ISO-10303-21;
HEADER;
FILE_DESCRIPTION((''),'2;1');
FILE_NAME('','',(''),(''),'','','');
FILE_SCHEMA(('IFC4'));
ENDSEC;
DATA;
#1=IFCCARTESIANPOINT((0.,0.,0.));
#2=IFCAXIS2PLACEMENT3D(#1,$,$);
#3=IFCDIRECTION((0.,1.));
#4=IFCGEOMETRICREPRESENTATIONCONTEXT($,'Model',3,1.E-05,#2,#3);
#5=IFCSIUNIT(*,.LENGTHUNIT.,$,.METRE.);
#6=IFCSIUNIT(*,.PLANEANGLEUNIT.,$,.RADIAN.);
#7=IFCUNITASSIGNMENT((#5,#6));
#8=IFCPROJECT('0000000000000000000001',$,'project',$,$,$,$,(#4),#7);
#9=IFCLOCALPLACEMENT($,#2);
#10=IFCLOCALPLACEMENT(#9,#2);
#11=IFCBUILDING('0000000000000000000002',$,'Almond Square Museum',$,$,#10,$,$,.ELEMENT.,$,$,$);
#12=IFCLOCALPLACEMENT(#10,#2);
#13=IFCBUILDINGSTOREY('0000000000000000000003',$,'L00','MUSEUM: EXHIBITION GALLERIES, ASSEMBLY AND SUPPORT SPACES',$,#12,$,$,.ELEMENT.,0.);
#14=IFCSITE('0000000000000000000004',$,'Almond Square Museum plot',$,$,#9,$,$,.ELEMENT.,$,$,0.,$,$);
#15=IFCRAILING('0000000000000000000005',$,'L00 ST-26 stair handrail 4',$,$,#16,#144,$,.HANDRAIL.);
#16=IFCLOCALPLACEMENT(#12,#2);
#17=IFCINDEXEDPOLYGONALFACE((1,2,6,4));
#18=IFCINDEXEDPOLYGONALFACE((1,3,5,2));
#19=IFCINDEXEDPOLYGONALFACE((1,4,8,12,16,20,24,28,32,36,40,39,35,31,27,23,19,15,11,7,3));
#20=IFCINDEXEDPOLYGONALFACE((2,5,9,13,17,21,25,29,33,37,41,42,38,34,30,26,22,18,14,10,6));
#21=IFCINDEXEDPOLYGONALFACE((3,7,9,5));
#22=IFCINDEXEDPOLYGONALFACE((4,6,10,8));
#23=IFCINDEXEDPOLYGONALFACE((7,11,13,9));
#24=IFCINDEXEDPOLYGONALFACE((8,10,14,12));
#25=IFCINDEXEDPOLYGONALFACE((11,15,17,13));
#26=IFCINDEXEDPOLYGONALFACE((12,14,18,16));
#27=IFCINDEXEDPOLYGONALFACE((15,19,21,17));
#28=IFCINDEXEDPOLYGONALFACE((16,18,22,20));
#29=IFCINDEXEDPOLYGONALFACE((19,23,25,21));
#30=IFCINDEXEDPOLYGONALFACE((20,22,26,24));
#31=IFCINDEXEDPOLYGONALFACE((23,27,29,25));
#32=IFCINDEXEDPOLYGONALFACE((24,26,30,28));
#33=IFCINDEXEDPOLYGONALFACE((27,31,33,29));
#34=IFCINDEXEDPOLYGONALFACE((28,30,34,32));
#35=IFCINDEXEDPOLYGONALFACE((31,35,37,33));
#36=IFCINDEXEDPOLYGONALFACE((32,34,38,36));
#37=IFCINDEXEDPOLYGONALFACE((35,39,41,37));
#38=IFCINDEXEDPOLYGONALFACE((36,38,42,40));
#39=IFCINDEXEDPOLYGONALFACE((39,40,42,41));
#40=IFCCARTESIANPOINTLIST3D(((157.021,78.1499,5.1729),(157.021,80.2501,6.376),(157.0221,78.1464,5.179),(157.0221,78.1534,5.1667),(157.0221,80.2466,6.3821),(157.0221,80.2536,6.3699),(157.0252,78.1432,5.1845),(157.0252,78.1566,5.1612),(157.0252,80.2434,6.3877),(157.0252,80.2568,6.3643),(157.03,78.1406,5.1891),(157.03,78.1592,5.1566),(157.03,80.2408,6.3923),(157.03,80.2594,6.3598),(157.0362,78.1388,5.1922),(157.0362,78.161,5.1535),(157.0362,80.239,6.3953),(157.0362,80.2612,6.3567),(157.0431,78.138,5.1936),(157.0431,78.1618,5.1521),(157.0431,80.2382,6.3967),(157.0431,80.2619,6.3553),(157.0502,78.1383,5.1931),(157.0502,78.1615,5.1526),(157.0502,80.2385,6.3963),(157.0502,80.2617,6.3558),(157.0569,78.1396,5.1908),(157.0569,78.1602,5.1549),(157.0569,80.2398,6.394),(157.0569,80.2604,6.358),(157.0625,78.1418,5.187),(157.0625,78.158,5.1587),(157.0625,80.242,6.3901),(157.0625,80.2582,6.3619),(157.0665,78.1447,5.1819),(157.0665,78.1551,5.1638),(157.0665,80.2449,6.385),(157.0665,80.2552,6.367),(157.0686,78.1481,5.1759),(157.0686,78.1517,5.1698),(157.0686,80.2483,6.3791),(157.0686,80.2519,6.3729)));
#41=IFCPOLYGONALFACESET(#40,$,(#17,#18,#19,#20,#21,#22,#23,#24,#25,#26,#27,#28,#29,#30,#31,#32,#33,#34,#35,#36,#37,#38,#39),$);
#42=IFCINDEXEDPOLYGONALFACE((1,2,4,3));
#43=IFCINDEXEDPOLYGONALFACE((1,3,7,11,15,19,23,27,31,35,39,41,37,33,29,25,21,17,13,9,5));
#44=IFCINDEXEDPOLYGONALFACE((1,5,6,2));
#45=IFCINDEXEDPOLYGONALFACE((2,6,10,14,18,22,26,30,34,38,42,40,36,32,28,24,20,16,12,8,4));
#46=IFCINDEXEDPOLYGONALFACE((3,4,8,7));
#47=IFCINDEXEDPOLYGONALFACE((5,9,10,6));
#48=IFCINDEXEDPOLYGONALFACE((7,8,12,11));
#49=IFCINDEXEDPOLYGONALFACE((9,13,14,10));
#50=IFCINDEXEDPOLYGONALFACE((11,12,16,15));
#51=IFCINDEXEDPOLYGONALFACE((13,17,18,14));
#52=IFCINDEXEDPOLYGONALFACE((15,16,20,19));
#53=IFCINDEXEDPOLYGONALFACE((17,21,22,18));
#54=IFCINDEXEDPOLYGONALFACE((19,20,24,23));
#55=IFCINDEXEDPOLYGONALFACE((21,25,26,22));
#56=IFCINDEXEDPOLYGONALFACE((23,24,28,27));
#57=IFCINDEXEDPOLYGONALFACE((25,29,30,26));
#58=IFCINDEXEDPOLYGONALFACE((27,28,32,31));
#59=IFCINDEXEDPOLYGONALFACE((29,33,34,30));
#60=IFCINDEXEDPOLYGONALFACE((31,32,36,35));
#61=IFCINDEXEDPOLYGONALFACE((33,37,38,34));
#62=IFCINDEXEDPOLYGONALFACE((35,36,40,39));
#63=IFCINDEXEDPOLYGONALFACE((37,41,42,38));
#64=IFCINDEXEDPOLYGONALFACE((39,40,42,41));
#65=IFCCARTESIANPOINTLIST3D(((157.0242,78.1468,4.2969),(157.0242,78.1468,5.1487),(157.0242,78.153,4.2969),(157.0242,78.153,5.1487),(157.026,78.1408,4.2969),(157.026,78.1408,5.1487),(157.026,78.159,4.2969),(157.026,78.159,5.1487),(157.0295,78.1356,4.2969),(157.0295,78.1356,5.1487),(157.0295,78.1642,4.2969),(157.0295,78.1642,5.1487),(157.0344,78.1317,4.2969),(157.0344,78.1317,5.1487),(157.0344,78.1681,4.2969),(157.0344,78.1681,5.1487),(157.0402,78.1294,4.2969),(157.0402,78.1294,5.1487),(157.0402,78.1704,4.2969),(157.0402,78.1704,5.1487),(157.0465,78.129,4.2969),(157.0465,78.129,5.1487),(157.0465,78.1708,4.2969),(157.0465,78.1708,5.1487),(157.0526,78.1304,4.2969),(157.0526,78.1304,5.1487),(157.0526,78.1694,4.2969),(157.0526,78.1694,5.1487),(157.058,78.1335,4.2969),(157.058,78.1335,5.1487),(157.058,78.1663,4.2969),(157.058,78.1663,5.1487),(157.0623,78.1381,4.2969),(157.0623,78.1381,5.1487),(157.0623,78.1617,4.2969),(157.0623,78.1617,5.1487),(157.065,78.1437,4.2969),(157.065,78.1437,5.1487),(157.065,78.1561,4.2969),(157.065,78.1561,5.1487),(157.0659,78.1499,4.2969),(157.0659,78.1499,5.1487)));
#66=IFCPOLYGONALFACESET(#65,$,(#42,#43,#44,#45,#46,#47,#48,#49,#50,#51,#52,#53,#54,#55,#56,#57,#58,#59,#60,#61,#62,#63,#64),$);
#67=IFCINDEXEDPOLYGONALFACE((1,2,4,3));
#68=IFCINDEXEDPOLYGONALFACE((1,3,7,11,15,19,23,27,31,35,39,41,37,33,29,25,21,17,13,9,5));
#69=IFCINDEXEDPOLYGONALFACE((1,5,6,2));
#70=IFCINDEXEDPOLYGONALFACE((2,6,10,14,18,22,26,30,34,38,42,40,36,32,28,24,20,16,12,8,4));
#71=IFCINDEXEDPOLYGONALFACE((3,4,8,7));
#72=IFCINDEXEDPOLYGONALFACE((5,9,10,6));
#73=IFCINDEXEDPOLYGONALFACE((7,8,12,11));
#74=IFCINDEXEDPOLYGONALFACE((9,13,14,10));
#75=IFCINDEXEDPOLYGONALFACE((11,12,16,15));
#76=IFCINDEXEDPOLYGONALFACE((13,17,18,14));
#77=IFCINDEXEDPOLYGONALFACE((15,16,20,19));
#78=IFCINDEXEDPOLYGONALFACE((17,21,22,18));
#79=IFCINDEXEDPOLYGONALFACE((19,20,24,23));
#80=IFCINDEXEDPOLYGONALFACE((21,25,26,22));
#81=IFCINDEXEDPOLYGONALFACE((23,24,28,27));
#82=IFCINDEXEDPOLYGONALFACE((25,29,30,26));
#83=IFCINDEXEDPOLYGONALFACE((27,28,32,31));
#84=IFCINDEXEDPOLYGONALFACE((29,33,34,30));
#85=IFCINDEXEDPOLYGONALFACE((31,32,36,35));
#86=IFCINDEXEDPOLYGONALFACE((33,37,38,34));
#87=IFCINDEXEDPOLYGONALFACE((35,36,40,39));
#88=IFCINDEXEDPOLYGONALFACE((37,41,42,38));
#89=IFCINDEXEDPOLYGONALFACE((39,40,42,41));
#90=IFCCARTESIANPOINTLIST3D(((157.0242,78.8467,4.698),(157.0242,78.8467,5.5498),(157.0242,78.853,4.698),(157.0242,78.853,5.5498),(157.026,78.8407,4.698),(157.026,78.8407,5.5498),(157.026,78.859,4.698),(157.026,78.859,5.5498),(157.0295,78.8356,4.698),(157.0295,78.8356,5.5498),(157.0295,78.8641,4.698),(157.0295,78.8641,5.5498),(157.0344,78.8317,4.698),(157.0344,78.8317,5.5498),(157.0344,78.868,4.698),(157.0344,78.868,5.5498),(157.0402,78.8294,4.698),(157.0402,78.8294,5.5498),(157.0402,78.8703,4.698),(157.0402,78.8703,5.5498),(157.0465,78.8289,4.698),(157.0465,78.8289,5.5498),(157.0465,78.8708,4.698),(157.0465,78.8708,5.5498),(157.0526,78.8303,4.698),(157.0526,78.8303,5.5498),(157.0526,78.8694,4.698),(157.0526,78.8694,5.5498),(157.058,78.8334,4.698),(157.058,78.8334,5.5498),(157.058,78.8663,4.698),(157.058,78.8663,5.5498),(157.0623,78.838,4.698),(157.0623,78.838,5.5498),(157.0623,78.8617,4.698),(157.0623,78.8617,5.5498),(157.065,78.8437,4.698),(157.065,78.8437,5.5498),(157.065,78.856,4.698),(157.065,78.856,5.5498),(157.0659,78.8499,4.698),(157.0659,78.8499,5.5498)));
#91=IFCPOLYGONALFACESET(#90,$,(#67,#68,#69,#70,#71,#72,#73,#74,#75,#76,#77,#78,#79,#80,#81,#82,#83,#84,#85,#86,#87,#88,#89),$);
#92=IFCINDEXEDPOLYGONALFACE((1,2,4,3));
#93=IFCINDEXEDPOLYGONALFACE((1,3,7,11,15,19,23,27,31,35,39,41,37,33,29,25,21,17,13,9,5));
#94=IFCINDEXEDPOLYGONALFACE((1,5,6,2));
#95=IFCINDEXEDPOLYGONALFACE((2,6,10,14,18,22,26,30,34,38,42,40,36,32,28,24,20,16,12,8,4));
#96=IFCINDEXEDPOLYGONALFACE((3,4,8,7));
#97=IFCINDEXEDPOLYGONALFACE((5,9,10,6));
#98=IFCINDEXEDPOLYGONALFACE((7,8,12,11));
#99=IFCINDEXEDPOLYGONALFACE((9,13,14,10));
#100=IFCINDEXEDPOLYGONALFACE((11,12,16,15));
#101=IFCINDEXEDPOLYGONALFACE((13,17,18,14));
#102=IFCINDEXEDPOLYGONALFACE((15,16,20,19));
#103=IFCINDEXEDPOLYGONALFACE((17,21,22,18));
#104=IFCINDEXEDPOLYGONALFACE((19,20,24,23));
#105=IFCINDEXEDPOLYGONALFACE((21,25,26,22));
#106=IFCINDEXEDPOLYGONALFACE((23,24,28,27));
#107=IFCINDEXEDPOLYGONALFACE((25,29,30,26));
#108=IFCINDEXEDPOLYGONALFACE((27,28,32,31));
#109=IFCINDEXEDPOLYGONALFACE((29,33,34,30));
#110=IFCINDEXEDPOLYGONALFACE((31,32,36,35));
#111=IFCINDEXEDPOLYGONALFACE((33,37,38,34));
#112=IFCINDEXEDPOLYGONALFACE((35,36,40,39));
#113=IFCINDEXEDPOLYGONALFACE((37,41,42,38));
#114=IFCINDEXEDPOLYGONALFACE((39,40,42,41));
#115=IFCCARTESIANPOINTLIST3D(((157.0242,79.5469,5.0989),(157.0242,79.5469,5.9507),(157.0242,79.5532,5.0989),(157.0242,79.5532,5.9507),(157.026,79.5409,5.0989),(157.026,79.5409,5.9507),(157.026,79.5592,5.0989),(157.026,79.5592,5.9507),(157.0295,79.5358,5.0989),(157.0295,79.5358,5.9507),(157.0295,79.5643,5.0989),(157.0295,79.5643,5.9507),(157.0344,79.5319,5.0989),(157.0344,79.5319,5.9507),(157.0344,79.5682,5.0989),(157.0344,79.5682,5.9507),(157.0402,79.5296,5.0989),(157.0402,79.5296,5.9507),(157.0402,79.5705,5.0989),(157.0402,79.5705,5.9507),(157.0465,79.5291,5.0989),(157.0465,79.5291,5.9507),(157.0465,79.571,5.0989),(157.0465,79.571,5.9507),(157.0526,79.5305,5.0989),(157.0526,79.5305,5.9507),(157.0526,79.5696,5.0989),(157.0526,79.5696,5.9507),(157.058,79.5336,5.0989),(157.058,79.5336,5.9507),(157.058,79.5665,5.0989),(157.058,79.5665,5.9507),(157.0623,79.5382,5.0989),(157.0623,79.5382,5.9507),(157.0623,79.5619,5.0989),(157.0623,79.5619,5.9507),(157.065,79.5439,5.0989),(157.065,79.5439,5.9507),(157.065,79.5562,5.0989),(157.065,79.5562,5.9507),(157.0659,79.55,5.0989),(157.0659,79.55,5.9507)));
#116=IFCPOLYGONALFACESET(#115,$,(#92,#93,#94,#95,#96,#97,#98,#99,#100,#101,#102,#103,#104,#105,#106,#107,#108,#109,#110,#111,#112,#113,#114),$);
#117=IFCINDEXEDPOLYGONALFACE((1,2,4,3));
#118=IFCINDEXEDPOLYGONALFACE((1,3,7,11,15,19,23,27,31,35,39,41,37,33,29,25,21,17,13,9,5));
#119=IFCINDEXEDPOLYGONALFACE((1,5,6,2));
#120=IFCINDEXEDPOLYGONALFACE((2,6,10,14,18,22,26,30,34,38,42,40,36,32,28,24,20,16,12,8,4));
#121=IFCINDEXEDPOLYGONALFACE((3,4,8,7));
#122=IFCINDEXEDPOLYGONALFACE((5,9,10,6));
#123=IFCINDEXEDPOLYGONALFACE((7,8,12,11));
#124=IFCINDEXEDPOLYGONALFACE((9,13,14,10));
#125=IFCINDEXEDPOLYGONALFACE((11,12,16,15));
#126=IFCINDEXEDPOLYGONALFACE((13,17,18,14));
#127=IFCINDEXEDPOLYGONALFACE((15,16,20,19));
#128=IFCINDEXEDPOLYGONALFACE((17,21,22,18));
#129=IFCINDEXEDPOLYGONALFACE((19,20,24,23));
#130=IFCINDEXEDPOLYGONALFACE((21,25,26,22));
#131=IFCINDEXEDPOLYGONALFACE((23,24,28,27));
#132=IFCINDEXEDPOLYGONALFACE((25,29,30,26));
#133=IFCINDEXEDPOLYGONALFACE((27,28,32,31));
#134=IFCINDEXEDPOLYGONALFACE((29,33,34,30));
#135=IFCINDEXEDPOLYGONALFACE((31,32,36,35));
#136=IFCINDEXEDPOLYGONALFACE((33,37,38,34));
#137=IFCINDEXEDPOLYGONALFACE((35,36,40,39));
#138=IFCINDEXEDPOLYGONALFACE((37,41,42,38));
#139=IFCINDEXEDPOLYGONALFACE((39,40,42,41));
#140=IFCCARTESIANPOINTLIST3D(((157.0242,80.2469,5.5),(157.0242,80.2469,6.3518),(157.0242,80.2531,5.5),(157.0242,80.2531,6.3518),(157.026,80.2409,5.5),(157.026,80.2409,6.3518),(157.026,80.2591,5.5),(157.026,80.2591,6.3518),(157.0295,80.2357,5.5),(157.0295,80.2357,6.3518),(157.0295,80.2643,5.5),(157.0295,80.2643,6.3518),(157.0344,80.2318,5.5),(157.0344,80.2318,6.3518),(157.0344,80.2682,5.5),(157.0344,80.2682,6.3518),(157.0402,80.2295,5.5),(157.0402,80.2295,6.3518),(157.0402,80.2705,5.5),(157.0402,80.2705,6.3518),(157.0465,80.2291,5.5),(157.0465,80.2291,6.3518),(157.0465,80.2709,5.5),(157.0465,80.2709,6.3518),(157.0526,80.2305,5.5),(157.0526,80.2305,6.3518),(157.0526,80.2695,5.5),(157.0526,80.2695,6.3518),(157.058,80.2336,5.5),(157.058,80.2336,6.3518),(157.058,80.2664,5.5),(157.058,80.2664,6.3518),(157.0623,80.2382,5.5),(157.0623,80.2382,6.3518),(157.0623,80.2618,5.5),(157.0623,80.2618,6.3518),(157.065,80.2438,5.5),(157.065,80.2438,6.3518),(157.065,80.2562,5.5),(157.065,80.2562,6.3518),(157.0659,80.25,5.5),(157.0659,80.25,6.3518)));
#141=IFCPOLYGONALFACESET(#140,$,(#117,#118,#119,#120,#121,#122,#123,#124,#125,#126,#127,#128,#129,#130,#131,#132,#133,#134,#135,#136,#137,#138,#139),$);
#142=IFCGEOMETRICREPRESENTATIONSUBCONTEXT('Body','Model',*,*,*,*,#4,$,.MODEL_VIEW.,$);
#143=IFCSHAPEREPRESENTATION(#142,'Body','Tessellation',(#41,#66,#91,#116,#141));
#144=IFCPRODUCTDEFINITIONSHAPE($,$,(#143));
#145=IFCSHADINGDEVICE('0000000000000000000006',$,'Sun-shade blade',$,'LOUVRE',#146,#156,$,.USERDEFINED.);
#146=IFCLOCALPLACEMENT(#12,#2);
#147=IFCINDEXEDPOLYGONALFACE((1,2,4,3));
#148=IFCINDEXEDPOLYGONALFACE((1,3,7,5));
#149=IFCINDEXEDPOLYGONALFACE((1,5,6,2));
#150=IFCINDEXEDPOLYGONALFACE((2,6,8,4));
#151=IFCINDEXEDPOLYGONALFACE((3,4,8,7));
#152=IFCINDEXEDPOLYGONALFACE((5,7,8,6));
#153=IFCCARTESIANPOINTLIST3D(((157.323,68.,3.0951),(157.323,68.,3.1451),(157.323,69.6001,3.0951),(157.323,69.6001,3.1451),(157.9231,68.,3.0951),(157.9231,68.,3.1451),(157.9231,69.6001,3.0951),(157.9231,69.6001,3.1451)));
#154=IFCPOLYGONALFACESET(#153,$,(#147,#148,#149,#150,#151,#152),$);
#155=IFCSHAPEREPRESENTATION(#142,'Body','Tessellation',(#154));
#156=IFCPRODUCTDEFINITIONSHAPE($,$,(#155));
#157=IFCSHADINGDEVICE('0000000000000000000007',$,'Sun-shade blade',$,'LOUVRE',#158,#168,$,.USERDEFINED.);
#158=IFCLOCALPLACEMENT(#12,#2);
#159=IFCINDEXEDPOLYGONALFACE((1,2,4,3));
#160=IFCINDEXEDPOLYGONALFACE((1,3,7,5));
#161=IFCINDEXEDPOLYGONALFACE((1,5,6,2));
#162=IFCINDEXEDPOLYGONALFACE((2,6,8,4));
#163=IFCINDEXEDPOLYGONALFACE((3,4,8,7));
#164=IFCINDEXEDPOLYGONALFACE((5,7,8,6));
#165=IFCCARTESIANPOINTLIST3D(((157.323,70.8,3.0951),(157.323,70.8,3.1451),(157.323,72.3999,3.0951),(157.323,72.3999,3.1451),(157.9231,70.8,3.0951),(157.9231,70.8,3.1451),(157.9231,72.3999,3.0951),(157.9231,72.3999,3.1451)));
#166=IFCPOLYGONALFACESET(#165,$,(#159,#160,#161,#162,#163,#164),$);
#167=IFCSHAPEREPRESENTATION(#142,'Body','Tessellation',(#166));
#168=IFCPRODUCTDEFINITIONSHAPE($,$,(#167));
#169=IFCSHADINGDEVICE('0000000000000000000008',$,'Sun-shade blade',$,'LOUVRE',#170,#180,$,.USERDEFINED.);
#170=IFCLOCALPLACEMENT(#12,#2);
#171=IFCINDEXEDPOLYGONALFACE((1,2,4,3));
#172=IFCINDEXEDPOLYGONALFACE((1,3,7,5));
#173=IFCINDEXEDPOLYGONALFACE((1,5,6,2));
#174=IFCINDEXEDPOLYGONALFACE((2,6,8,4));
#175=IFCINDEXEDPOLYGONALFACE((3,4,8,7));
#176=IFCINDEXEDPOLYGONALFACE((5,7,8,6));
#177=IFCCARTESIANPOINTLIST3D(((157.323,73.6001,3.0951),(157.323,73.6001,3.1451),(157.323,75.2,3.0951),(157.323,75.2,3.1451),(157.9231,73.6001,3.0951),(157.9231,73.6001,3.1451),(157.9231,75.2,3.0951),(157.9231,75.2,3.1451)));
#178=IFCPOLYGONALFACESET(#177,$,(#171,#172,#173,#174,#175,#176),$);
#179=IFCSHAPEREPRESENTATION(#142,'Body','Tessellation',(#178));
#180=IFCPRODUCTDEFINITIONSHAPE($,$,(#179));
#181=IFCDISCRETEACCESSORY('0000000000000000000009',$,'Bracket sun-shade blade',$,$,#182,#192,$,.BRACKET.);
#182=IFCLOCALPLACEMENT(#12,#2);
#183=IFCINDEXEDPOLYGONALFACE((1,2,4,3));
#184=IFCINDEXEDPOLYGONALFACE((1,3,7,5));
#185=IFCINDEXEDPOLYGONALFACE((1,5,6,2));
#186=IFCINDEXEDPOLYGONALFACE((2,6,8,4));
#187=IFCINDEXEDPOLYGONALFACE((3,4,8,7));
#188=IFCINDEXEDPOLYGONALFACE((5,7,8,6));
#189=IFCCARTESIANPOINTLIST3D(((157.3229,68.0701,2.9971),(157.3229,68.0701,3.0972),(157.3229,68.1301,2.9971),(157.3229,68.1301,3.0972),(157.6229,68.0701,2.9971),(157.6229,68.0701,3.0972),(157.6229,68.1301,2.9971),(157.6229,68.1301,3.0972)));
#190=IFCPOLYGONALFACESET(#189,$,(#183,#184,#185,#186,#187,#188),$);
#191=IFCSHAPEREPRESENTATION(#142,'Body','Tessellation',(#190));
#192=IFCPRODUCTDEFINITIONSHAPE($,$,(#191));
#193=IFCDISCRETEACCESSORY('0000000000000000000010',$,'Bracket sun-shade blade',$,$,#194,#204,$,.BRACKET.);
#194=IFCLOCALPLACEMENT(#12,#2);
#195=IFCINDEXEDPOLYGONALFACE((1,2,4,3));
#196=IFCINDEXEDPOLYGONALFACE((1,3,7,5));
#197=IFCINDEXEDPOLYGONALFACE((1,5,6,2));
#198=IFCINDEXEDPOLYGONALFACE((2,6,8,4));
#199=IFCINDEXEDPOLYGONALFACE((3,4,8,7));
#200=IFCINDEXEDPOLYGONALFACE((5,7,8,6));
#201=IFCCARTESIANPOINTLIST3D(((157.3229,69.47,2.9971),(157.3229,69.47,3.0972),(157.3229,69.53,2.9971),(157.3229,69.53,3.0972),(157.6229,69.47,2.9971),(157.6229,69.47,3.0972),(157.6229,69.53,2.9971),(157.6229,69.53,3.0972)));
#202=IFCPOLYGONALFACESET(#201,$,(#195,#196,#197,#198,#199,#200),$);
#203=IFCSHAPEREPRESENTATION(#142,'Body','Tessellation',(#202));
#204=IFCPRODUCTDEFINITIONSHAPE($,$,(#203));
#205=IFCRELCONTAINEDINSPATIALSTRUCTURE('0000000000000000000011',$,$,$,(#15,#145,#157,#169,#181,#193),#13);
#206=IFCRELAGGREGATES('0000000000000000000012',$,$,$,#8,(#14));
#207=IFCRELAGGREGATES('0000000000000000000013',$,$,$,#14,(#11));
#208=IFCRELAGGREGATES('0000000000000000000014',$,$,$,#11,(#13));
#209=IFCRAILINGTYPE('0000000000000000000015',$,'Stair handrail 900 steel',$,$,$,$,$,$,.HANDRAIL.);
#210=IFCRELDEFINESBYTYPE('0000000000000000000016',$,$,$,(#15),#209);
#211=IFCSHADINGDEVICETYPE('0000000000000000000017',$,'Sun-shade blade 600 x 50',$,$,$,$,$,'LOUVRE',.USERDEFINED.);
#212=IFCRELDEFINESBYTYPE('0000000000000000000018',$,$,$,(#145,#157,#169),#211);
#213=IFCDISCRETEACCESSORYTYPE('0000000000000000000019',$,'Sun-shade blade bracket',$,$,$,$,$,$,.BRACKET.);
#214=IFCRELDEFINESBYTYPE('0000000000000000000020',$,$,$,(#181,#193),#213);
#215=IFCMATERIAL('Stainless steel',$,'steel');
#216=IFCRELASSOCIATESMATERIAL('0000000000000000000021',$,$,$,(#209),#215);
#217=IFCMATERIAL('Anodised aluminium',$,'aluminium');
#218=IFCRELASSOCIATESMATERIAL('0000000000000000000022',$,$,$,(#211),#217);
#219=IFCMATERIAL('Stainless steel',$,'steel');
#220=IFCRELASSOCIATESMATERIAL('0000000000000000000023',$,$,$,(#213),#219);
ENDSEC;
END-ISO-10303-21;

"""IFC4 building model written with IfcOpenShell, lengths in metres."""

from ifc_helpers import new_model, si_unit, direction, frame, origin, origin_2d, place, context, subcontext, project, spatial, rectangle, circle, extrude, material, material_profile, profile_set, type_object, element, save


model = new_model("IFC4")

# Units and contexts
model_context = context("Model", 3, precision=1e-05, world=origin(), true_north=direction((0.0, 1.0)))
body_context = subcontext(model_context, "Body", "Model", "MODEL_VIEW")
ifc_project = project(units=[si_unit("LENGTHUNIT", "METRE"), si_unit("PLANEANGLEUNIT", "RADIAN")], contexts=[model_context])

# Site, building, storey
site_placement = place(None, origin())
site = spatial("IfcSite", under=ifc_project, at=site_placement, Name="Almond Square Museum plot", CompositionType="ELEMENT", RefElevation=0.0)
building_placement = place(site_placement, origin())
building = spatial("IfcBuilding", under=site, at=building_placement, Name="Almond Square Museum", CompositionType="ELEMENT")
storey_placement = place(building_placement, origin())
storey = spatial("IfcBuildingStorey", under=building, at=storey_placement, Name="L00", Description="MUSEUM: EXHIBITION GALLERIES, ASSEMBLY AND SUPPORT SPACES", CompositionType="ELEMENT", Elevation=0.0)

# Railing
ifc_material_1 = material(Name="Stainless steel", Category="steel")
railing_type = type_object("IfcRailingType", Name="Stair handrail 900 steel", PredefinedType="HANDRAIL", material=ifc_material_1)
railing_placement = place(storey_placement, frame((157.0449, 78.1499, 4.2969)))
element("IfcRailing", 1, at=railing_placement, inside=storey, type_object=railing_type, Name="L00 ST-26 stair handrail 4", PredefinedType="HANDRAIL", context=body_context, shape_type="SweptSolid", body=[
    extrude(circle(Radius=0.0239, at=origin_2d()), frame((0.0, 0.0, 0.876), z_axis=(0.0, 0.867696, 0.497095), x_axis=(-1.0, 0.0, 0.0)), (0.0, 0.0, 1.0), 2.4204),
    extrude(circle(Radius=0.021, at=origin_2d()), origin(), (0.0, 0.0, 1.0), 0.8518),
    extrude(circle(Radius=0.021, at=origin_2d()), frame((0.0, 0.7, 0.4011)), (0.0, 0.0, 1.0), 0.8518),
    extrude(circle(Radius=0.021, at=origin_2d()), frame((0.0, 1.4001, 0.802)), (0.0, 0.0, 1.0), 0.8518),
    extrude(circle(Radius=0.021, at=origin_2d()), frame((0.0, 2.1001, 1.2031)), (0.0, 0.0, 1.0), 0.8518),
])

# Shading devices
ifc_material_2 = material(Name="Anodised aluminium", Category="aluminium")
ifc_material_profile_1 = material_profile(ifc_material_2, rectangle(XDim=0.6001, YDim=0.05, at=origin_2d()))
ifc_profile_set_1 = profile_set([ifc_material_profile_1], Name="Anodised aluminium")
shading_device_type = type_object("IfcShadingDeviceType", Name="Sun-shade blade 600 x 50", ElementType="LOUVRE", PredefinedType="USERDEFINED", material=ifc_profile_set_1)
shading_device_placement = place(storey_placement, frame((157.623, 68.0, 3.1201), z_axis=(0.0, 1.0, 0.0), x_axis=(-1.0, 0.0, 0.0)))
element("IfcShadingDevice", 2, at=shading_device_placement, inside=storey, type_object=shading_device_type, Name="Sun-shade blade", ObjectType="LOUVRE", PredefinedType="USERDEFINED", context=body_context, shape_type="SweptSolid", body=[
    extrude(rectangle(XDim=0.6001, YDim=0.05, at=origin_2d()), origin(), (0.0, 0.0, 1.0), 1.6001),
])
for number, where, z_axis, x_axis, name in (
    (3, (157.623, 70.8, 3.1201), (0.0, 1.0, 0.0), (-1.0, 0.0, 0.0), "Sun-shade blade"),
    (4, (157.623, 73.6001, 3.1201), (0.0, 1.0, 0.0), (-1.0, 0.0, 0.0), "Sun-shade blade"),
):
    element("IfcShadingDevice", number, at=place(storey_placement, frame(where, z_axis=z_axis, x_axis=x_axis)), inside=storey, type_object=shading_device_type, Name=name, ObjectType="LOUVRE", PredefinedType="USERDEFINED", context=body_context, shape_type="SweptSolid", body=[
        extrude(rectangle(XDim=0.6001, YDim=0.05, at=origin_2d()), origin(), (0.0, 0.0, 1.0), 1.5999),
    ])

# Discrete accessories
ifc_material_3 = material(Name="Stainless steel", Category="steel")
discrete_accessory_type = type_object("IfcDiscreteAccessoryType", Name="Sun-shade blade bracket", PredefinedType="BRACKET", material=ifc_material_3)
for number, where, z_axis, x_axis, name in (
    (5, (157.4729, 68.1001, 2.9971), (0.0, 0.0, 1.0), (1.0, 0.0, 0.0), "Bracket sun-shade blade"),
    (6, (157.4729, 69.5, 2.9971), (0.0, 0.0, 1.0), (1.0, 0.0, 0.0), "Bracket sun-shade blade"),
):
    element("IfcDiscreteAccessory", number, at=place(storey_placement, frame(where, z_axis=z_axis, x_axis=x_axis)), inside=storey, type_object=discrete_accessory_type, Name=name, PredefinedType="BRACKET", context=body_context, shape_type="SweptSolid", body=[
        extrude(rectangle(XDim=0.3, YDim=0.0601, at=origin_2d()), origin(), (0.0, 0.0, 1.0), 0.1001),
    ])

save(model, "model.ifc")
